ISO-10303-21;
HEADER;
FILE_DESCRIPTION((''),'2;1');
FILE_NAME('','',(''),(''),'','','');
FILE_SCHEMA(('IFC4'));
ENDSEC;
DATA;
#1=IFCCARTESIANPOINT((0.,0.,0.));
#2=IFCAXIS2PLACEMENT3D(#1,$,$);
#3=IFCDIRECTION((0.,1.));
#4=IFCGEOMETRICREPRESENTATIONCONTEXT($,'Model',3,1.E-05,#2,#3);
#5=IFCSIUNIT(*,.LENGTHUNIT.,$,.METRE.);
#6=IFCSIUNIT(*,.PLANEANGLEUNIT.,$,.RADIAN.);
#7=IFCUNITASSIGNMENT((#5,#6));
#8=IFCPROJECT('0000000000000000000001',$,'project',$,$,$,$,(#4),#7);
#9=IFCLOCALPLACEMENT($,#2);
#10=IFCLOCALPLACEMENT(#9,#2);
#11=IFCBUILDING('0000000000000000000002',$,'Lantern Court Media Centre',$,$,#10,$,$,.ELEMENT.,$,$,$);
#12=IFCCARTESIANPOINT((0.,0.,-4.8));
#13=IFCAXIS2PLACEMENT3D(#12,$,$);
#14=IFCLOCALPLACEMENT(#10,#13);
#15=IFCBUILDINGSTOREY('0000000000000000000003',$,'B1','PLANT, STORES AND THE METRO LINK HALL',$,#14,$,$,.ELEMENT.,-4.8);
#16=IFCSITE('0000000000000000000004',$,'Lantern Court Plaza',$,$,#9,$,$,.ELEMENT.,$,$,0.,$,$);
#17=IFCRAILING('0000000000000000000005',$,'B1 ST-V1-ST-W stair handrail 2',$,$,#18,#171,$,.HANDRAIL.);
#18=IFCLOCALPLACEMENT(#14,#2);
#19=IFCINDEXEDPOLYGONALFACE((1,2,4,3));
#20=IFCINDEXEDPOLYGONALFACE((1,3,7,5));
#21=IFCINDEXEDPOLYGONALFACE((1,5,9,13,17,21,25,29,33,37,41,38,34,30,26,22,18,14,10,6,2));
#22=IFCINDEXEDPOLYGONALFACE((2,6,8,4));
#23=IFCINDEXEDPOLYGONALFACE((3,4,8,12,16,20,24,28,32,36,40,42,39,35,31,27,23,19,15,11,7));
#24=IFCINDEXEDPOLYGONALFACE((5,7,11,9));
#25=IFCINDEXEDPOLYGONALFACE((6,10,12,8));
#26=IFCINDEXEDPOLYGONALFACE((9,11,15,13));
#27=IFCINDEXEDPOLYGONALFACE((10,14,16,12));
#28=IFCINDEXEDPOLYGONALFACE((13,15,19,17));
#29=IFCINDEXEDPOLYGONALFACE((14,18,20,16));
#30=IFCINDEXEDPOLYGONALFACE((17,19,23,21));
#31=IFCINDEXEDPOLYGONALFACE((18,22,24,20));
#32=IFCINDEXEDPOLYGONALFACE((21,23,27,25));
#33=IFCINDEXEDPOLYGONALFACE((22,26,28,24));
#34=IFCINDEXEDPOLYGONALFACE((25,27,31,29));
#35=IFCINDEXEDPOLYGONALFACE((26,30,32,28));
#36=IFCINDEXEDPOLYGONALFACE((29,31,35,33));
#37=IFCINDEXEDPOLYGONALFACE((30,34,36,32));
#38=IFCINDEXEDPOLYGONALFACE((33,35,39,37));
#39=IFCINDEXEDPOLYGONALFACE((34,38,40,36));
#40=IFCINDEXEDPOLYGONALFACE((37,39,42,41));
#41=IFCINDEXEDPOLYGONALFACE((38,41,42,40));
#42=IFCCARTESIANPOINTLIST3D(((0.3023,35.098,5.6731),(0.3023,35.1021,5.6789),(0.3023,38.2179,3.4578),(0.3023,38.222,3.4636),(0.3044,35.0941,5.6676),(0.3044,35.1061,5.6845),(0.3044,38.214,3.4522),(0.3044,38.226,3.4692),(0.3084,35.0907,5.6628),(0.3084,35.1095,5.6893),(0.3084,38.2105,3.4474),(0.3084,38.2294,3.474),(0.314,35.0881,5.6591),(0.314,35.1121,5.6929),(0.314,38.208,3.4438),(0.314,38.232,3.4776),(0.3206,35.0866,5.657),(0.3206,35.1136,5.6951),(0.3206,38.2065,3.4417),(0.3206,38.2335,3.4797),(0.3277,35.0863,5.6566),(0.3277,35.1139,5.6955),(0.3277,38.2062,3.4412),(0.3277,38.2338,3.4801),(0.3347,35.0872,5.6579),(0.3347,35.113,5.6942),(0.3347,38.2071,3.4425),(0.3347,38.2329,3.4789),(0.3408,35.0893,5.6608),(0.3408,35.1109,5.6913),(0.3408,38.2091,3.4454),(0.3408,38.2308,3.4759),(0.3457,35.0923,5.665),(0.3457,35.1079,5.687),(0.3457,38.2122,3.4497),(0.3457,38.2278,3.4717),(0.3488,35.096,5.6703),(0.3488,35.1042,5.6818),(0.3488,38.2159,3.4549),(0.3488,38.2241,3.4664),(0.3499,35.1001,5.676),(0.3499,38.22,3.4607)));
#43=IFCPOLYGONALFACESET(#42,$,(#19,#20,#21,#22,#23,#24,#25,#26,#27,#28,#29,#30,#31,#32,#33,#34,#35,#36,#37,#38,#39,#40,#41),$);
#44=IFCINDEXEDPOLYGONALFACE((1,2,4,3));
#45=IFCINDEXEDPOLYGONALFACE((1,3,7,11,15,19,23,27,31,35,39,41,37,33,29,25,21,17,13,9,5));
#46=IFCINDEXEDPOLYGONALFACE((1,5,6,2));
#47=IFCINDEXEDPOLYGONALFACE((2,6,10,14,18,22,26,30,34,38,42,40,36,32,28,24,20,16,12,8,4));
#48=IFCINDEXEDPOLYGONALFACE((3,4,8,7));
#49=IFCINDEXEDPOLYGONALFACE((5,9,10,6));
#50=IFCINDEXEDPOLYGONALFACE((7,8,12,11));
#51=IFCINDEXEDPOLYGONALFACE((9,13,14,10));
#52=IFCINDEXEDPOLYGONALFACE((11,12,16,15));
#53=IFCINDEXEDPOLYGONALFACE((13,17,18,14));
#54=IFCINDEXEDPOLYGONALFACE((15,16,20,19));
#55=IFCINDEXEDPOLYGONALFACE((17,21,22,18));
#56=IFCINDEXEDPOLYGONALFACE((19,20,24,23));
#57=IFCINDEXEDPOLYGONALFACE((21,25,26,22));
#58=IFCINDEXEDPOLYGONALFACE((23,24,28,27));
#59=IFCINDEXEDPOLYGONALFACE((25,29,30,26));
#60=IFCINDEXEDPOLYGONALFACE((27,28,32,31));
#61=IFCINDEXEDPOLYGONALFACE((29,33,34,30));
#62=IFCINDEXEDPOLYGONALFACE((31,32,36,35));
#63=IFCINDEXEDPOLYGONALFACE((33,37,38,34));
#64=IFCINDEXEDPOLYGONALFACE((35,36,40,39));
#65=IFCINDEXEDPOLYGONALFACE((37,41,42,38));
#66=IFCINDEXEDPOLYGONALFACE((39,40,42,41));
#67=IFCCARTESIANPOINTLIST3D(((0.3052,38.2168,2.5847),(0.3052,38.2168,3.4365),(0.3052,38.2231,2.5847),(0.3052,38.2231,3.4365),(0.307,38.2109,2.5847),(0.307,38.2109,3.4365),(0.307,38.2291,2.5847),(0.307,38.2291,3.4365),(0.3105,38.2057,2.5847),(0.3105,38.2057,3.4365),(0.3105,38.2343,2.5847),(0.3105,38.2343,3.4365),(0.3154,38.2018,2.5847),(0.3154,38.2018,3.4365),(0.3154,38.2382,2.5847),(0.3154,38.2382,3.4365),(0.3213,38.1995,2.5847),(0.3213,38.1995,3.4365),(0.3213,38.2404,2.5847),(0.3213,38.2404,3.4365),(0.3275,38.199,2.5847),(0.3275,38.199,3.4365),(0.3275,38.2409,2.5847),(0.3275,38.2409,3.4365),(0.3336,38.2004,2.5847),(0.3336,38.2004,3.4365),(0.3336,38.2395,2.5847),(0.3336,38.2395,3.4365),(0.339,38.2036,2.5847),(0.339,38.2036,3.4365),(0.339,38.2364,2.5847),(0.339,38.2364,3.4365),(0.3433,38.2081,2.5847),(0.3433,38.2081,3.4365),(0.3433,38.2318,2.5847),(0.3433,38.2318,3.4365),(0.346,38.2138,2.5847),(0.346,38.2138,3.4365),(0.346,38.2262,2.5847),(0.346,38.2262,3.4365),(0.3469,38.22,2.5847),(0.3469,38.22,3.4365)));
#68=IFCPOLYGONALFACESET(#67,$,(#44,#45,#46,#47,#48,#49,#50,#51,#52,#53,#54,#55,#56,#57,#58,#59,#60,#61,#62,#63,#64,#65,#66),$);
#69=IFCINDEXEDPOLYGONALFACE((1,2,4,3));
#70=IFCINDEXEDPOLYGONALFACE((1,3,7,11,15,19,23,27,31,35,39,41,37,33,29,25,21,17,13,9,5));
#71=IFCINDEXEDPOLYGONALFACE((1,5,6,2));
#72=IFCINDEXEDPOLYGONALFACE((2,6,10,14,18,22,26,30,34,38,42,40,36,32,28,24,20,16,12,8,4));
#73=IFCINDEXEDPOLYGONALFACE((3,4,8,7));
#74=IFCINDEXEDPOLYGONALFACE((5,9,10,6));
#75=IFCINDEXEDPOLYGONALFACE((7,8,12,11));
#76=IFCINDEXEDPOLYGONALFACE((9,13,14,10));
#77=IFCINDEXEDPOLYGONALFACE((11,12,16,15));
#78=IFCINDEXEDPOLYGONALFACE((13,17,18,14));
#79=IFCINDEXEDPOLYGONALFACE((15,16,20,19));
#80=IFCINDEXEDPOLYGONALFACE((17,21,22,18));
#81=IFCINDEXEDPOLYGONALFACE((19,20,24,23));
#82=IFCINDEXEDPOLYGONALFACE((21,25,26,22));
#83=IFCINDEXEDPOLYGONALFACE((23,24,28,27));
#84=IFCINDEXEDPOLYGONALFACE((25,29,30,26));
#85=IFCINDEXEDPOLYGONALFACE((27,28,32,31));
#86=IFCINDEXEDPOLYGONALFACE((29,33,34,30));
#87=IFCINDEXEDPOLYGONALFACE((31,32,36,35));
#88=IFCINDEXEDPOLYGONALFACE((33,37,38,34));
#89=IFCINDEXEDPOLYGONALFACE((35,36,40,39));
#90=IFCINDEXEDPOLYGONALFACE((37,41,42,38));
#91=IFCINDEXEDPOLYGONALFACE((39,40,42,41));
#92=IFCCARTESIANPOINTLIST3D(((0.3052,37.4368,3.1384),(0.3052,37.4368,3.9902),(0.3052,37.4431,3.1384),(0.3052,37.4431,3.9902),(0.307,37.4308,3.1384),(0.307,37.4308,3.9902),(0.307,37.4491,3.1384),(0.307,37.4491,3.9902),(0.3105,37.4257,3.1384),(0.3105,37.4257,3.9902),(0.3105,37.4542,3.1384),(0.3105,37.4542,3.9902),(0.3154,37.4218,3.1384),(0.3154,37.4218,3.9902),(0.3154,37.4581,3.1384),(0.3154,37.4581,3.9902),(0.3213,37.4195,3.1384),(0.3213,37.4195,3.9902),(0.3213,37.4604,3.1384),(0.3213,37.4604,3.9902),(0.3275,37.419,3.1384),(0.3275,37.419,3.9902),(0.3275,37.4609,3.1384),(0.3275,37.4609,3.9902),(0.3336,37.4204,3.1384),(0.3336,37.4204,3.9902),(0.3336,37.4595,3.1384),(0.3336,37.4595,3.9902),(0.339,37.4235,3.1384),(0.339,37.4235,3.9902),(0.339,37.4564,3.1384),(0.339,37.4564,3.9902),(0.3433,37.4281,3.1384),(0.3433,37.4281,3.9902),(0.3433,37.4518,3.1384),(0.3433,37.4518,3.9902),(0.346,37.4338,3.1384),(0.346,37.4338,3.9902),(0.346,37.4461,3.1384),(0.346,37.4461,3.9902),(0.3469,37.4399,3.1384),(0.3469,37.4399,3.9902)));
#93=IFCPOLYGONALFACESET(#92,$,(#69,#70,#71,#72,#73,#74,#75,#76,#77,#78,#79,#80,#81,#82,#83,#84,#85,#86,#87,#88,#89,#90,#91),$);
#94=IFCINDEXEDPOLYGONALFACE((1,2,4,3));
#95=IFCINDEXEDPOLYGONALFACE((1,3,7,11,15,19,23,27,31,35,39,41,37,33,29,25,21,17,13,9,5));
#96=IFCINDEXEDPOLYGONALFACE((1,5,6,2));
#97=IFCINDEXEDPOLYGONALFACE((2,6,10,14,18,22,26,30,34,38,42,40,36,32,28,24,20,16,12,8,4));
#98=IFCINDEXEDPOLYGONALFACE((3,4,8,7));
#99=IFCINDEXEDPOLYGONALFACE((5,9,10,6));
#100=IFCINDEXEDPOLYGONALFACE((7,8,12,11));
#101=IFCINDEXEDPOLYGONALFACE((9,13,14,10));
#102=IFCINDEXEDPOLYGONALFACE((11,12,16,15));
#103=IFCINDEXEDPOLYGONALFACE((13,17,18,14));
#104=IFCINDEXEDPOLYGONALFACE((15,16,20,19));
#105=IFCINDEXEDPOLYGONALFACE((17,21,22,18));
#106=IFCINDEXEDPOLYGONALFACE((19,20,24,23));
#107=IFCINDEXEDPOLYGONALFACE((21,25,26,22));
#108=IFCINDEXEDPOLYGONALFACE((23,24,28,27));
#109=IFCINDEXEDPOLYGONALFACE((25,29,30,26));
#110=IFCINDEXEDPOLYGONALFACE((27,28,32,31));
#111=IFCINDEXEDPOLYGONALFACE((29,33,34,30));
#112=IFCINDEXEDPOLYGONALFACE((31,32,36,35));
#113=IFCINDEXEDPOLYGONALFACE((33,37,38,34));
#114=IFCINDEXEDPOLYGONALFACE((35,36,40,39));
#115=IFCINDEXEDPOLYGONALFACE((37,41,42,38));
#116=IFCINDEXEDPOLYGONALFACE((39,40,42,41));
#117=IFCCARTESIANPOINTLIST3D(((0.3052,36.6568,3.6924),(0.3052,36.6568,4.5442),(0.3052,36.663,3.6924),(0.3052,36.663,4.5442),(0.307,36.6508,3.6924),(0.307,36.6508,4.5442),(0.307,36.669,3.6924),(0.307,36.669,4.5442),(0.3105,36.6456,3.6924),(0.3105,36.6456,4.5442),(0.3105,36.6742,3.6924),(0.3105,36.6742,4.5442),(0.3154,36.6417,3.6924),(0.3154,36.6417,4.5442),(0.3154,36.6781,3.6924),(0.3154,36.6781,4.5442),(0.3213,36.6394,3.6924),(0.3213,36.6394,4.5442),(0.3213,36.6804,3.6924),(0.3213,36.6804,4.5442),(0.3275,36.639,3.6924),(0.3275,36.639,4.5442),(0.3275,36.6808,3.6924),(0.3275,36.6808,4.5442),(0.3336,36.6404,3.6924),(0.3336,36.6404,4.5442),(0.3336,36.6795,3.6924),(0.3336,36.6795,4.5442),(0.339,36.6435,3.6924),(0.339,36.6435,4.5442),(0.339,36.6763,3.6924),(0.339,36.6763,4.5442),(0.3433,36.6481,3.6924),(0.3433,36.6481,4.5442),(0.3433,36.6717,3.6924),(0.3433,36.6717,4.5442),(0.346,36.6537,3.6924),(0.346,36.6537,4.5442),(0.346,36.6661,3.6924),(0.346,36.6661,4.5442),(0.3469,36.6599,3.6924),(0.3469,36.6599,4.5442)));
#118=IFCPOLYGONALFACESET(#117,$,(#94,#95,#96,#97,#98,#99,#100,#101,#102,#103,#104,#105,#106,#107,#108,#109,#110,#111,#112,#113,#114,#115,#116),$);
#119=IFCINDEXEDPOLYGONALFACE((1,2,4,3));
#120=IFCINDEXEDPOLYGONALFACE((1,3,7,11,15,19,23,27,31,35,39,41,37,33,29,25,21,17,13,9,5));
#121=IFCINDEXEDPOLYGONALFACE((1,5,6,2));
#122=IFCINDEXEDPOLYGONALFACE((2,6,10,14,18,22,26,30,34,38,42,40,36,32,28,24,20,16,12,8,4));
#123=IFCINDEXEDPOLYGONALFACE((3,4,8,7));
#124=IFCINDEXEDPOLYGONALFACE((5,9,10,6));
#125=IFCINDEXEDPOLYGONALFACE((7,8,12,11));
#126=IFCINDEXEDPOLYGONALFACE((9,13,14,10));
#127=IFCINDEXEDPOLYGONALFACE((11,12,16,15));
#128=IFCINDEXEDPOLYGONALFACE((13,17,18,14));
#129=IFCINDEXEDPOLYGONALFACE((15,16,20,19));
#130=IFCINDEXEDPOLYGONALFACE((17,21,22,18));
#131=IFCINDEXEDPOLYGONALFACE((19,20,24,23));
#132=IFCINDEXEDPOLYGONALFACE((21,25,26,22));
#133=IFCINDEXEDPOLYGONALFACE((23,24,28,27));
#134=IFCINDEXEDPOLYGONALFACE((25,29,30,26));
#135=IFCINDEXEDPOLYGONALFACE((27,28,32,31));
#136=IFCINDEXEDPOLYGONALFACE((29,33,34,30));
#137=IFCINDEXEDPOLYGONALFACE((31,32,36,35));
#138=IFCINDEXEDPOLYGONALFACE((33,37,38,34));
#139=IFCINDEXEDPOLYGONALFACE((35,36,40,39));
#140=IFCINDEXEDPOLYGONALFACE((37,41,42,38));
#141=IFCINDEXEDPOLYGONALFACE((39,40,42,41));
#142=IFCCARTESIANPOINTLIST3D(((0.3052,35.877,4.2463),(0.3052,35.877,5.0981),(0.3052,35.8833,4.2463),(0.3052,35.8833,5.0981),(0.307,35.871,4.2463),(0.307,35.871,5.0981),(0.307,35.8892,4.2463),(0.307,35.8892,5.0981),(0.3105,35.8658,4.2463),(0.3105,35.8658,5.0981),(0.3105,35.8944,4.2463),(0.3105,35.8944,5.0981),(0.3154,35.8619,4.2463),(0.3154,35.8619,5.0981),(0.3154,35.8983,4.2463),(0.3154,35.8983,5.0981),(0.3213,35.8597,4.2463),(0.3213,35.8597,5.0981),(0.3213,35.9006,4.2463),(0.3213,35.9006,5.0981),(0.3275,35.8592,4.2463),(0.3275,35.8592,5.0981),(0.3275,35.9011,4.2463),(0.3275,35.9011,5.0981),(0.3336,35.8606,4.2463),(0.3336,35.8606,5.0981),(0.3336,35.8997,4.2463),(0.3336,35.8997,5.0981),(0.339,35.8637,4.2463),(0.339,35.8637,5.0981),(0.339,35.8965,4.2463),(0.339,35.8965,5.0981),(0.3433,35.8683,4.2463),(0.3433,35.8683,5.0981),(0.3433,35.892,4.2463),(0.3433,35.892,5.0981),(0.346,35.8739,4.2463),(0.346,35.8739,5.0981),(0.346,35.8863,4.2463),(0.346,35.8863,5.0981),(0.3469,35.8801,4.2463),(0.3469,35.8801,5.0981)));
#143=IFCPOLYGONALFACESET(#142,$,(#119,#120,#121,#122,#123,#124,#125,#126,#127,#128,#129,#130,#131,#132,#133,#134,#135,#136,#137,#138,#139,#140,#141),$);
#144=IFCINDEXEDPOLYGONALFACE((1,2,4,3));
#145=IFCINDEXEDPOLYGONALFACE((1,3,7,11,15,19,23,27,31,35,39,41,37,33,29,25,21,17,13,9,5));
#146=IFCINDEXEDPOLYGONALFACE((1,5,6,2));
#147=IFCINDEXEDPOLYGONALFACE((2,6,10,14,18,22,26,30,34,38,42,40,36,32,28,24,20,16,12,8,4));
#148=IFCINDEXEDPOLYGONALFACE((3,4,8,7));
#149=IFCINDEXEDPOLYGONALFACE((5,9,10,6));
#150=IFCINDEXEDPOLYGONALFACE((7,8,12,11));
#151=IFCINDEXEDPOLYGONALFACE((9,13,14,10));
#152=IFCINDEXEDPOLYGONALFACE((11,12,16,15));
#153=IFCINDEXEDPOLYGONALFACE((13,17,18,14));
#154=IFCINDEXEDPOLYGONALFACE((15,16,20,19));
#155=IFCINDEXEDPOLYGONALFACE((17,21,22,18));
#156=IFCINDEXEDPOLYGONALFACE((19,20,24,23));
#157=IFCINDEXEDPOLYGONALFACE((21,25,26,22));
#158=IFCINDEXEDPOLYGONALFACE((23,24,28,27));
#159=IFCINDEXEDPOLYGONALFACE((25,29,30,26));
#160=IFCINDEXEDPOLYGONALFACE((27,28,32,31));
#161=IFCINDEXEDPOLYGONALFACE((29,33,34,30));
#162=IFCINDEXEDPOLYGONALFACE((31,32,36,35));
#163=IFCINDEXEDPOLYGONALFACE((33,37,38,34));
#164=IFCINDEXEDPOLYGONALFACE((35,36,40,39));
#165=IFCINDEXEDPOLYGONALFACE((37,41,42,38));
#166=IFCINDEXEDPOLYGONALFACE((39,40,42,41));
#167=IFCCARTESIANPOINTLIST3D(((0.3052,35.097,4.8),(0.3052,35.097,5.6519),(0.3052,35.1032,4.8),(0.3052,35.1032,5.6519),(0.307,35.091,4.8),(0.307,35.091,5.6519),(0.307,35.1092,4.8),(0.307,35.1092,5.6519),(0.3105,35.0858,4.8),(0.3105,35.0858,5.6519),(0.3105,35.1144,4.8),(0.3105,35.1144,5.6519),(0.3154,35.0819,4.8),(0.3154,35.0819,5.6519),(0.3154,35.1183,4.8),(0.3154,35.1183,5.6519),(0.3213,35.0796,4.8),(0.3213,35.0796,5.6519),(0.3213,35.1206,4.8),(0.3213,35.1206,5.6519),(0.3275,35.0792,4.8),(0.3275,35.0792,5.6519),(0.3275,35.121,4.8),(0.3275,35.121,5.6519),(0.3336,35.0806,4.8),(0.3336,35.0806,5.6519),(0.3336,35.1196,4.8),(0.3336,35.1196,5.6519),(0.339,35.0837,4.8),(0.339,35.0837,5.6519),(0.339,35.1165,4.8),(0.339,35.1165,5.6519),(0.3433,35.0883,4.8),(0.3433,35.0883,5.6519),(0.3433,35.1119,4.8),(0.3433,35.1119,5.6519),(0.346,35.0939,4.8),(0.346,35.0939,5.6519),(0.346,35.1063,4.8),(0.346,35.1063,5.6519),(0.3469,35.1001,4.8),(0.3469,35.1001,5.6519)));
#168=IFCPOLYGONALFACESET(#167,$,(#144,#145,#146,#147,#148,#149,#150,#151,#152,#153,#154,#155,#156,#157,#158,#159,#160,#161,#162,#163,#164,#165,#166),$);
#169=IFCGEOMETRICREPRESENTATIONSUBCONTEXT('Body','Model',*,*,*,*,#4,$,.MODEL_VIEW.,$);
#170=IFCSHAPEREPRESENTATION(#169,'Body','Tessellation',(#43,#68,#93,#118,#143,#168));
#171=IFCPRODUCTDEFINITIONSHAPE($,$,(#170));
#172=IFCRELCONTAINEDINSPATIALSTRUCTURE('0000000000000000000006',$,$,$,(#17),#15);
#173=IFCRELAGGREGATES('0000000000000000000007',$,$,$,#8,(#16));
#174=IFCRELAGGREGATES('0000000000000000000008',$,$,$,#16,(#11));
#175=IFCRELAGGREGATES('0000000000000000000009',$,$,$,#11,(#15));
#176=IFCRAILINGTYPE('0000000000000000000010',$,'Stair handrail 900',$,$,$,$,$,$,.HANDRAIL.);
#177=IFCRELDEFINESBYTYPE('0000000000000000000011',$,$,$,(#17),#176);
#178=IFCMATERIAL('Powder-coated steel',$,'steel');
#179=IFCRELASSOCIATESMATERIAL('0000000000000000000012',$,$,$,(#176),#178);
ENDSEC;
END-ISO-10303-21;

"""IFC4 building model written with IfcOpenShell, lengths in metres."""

from ifc_helpers import new_model, si_unit, direction, frame, origin, origin_2d, place, context, subcontext, project, spatial, circle, extrude, material, type_object, element, save


model = new_model("IFC4")

# Units and contexts
model_context = context("Model", 3, precision=1e-05, world=origin(), true_north=direction((0.0, 1.0)))
body_context = subcontext(model_context, "Body", "Model", "MODEL_VIEW")
ifc_project = project(units=[si_unit("LENGTHUNIT", "METRE"), si_unit("PLANEANGLEUNIT", "RADIAN")], contexts=[model_context])

# Site, building, storey
site_placement = place(None, origin())
site = spatial("IfcSite", under=ifc_project, at=site_placement, Name="Lantern Court Plaza", CompositionType="ELEMENT", RefElevation=0.0)
building_placement = place(site_placement, origin())
building = spatial("IfcBuilding", under=site, at=building_placement, Name="Lantern Court Media Centre", CompositionType="ELEMENT")
storey_placement = place(building_placement, frame((0.0, 0.0, -4.8)))
storey = spatial("IfcBuildingStorey", under=building, at=storey_placement, Name="B1", Description="PLANT, STORES AND THE METRO LINK HALL", CompositionType="ELEMENT", Elevation=-4.8)

# Railing
ifc_material_1 = material(Name="Powder-coated steel", Category="steel")
railing_type_1 = type_object("IfcRailingType", Name="Stair handrail 900", PredefinedType="HANDRAIL", material=ifc_material_1)
railing_1_placement = place(storey_placement, frame((0.3259, 38.22, 2.5847)))
element("IfcRailing", 1, at=railing_1_placement, inside=storey, type_object=railing_type_1, Name="B1 ST-V1-ST-W stair handrail 2", PredefinedType="HANDRAIL", context=body_context, shape_type="SweptSolid", body=[
    extrude(circle(Radius=0.0239, at=origin_2d()), frame((0.0, 0.0, 0.876), z_axis=(0.0, -0.815356, 0.578961), x_axis=(1.0, 0.0, 0.0)), (0.0, 0.0, 1.0), 3.8264),
    extrude(circle(Radius=0.021, at=origin_2d()), origin(), (0.0, 0.0, 1.0), 0.8518),
    extrude(circle(Radius=0.021, at=origin_2d()), frame((0.0, -0.78, 0.5537)), (0.0, 0.0, 1.0), 0.8518),
    extrude(circle(Radius=0.021, at=origin_2d()), frame((0.0, -1.5601, 1.1077)), (0.0, 0.0, 1.0), 0.8518),
    extrude(circle(Radius=0.021, at=origin_2d()), frame((0.0, -2.3398, 1.6616)), (0.0, 0.0, 1.0), 0.8518),
    extrude(circle(Radius=0.021, at=origin_2d()), frame((0.0, -3.1199, 2.2153)), (0.0, 0.0, 1.0), 0.8518),
])

save(model, "model.ifc")
